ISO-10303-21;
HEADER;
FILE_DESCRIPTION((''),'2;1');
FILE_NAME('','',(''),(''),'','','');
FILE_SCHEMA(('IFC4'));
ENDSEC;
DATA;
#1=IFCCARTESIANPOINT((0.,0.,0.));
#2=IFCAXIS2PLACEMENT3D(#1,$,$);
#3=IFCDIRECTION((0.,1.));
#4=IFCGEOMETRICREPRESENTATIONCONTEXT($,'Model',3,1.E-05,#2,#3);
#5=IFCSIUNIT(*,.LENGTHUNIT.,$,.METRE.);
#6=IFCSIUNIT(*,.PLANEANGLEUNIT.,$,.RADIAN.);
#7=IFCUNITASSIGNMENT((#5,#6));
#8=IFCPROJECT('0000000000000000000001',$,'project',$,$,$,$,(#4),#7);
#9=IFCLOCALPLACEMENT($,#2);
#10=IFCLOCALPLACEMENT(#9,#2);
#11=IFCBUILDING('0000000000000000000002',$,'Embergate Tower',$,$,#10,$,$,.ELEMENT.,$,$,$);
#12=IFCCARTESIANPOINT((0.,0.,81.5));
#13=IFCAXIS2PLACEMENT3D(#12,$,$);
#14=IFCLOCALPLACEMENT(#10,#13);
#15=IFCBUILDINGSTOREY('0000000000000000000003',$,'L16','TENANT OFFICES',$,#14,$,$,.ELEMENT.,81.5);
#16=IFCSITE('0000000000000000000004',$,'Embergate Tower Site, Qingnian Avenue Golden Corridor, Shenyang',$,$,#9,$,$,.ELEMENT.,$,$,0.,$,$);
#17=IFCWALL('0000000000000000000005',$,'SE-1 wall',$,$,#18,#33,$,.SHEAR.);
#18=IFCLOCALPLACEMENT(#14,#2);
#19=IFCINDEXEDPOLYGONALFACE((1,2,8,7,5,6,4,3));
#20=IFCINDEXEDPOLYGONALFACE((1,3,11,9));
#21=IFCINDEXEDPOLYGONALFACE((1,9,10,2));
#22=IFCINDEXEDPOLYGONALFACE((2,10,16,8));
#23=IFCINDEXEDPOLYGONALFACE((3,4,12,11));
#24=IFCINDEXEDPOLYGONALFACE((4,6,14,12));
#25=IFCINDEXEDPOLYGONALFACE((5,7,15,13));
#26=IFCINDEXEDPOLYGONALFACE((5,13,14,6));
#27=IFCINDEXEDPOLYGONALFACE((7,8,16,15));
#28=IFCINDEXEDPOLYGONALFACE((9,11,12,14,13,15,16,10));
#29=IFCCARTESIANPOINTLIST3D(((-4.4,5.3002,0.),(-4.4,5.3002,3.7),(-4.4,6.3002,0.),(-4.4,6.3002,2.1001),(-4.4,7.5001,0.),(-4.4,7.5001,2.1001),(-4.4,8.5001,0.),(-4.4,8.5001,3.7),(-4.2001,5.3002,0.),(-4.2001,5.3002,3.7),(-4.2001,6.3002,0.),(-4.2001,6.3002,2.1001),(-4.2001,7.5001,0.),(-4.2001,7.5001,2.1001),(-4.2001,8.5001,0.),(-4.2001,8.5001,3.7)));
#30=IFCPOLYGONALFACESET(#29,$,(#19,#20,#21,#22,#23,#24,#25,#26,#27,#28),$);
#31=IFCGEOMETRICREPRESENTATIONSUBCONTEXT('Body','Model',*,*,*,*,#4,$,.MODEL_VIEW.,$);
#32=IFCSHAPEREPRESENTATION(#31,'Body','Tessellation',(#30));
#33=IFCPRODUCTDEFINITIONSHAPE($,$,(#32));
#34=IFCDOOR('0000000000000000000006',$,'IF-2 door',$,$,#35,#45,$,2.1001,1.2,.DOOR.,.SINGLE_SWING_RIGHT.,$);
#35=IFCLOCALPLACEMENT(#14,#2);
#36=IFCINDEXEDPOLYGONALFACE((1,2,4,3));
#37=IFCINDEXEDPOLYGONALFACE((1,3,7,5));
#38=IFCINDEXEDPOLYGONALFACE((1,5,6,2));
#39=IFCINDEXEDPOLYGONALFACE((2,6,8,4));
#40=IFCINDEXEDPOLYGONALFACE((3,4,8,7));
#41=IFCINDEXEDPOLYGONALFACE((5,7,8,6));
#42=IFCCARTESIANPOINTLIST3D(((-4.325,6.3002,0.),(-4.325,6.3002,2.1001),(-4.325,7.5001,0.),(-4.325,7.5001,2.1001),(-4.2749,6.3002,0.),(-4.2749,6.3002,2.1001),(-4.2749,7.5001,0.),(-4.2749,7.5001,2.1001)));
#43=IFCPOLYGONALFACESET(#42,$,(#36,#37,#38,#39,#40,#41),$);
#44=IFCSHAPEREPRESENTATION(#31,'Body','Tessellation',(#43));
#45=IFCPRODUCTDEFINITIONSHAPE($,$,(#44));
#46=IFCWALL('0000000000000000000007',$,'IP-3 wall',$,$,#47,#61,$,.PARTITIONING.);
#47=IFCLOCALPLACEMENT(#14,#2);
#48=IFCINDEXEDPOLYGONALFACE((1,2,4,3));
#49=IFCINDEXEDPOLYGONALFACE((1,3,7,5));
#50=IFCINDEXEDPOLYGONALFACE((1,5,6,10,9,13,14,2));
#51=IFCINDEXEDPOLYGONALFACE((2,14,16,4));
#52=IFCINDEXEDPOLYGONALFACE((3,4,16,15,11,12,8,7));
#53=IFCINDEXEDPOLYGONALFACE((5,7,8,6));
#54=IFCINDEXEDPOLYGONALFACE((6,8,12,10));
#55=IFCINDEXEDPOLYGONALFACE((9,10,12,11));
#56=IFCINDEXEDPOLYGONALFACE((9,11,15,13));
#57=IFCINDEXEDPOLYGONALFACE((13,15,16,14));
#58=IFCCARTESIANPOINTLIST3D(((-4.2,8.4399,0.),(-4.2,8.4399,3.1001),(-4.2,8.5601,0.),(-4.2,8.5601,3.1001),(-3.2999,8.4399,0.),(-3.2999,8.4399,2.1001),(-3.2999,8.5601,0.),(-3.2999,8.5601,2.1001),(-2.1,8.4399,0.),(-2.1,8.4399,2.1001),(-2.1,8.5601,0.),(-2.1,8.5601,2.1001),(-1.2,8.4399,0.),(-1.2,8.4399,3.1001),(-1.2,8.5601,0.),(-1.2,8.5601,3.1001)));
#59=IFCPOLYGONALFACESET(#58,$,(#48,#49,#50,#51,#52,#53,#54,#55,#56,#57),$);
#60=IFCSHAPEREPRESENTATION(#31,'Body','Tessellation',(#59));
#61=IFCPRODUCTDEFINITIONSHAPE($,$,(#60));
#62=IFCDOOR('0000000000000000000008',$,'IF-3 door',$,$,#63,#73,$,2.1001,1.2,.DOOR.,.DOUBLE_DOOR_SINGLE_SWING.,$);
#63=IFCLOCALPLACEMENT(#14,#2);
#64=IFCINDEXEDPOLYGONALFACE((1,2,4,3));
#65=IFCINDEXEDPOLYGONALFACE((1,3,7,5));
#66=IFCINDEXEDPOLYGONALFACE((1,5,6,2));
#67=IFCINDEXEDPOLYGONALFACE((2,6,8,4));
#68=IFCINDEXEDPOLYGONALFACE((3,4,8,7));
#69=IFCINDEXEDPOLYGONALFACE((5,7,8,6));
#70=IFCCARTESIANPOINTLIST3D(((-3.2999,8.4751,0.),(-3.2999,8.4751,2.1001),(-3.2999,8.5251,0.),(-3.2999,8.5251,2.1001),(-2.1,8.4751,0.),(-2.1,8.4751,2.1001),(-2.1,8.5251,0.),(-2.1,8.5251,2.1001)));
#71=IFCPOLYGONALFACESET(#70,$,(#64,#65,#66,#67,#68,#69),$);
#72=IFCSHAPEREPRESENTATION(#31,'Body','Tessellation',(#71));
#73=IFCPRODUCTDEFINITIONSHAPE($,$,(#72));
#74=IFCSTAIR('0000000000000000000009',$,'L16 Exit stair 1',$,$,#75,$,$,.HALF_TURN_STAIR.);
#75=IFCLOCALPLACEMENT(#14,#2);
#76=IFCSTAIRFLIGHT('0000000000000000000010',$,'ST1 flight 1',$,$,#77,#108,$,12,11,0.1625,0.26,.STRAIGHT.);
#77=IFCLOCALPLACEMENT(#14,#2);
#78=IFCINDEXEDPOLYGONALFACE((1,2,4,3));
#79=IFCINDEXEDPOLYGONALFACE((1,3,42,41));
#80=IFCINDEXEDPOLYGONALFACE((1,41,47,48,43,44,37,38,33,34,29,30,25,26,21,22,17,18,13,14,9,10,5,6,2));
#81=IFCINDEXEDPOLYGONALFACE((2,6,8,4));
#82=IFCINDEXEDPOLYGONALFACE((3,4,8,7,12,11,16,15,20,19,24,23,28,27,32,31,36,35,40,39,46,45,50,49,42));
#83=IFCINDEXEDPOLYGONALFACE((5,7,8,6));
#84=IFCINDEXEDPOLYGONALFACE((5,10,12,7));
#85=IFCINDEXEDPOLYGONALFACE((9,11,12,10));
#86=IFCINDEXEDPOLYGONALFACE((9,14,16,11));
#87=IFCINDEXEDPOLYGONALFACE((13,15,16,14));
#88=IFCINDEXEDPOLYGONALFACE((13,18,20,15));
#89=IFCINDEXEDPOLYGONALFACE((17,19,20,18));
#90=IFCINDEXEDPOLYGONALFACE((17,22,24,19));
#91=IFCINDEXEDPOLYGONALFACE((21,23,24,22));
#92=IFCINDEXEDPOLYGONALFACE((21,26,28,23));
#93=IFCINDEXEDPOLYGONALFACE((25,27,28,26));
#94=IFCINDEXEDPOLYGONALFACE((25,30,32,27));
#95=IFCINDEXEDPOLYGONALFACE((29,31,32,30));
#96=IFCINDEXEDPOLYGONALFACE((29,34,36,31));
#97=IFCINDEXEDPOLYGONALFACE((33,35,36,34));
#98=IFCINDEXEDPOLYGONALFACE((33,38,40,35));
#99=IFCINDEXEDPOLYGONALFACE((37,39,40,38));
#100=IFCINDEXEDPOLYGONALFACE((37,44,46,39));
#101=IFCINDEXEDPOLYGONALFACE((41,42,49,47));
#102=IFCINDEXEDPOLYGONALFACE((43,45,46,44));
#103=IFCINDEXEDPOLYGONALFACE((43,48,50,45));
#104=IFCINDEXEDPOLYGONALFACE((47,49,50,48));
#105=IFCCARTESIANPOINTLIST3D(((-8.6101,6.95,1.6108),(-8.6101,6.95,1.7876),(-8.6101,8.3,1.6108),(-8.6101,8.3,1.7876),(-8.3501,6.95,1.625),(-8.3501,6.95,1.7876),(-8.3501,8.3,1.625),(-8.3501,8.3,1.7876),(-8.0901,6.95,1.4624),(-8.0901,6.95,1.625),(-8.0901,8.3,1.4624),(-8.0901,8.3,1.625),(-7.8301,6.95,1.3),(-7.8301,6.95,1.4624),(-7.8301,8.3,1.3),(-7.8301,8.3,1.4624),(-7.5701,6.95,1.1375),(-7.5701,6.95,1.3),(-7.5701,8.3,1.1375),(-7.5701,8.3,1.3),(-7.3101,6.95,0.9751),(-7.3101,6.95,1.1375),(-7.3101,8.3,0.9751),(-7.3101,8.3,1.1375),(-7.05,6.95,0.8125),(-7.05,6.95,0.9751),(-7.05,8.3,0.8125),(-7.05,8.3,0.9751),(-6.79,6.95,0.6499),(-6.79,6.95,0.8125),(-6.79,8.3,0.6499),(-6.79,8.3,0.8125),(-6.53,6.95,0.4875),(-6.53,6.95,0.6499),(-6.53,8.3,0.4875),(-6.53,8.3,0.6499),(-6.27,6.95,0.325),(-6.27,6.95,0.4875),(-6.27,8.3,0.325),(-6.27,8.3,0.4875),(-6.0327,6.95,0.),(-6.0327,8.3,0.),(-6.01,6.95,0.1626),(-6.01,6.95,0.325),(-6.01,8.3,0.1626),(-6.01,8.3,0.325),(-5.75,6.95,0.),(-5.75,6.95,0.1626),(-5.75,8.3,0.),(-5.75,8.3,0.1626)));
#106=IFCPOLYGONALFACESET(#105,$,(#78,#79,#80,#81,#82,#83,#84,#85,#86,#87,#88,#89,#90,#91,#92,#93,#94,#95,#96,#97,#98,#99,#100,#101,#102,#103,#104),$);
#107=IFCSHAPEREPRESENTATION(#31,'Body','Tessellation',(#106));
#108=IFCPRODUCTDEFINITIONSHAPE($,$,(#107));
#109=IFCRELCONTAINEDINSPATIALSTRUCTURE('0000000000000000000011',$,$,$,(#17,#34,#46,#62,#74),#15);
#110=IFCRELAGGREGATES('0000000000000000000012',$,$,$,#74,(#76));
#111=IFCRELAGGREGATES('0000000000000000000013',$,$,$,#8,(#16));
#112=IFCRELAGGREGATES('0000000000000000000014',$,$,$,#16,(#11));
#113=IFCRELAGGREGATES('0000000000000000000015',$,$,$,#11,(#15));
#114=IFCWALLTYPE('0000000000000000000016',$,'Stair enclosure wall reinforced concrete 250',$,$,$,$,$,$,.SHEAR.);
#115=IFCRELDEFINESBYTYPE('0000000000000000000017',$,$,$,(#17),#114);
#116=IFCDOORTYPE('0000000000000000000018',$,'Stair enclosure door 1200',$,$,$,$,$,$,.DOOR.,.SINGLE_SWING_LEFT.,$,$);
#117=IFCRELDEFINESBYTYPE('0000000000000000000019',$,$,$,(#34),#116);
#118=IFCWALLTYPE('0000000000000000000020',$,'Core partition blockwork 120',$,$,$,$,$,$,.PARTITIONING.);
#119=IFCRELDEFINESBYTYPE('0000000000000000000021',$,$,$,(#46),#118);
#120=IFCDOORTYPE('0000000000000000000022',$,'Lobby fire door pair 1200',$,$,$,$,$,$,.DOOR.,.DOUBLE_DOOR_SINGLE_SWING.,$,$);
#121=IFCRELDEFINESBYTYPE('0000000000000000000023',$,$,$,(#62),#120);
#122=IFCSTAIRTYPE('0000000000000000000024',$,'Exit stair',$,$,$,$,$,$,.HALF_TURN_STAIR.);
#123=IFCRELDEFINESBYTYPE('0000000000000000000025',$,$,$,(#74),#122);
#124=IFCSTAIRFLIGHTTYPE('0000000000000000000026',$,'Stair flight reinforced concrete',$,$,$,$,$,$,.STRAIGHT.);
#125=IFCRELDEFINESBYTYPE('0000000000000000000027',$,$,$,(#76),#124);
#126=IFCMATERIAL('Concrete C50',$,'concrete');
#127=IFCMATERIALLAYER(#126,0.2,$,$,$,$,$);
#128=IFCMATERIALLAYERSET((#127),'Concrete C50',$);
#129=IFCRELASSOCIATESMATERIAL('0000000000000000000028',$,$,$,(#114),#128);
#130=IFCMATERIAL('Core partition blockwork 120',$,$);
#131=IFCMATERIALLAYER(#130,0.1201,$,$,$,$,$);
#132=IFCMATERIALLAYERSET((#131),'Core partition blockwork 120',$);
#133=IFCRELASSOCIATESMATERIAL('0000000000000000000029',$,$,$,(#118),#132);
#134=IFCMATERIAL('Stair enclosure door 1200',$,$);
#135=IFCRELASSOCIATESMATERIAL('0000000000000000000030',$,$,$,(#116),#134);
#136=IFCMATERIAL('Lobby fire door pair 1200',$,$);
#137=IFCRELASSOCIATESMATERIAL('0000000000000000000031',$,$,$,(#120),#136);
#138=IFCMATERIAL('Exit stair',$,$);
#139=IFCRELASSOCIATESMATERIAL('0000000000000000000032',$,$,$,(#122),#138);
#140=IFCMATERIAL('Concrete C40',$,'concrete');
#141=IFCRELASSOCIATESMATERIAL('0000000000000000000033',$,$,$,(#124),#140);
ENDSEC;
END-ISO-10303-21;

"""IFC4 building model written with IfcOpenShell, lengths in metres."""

from ifc_helpers import new_model, si_unit, direction, frame, frame_2d, origin, place, context, subcontext, project, spatial, polyline, rectangle, outline, extrude, source, transform, mapped, material, layer, layer_set, type_object, element, fill, aggregate, save


model = new_model("IFC4")

# Units and contexts
model_context = context("Model", 3, precision=1e-05, world=origin(), true_north=direction((0.0, 1.0)))
body_context = subcontext(model_context, "Body", "Model", "MODEL_VIEW")
ifc_project = project(units=[si_unit("LENGTHUNIT", "METRE"), si_unit("PLANEANGLEUNIT", "RADIAN")], contexts=[model_context])

# Site, building, storey
site_placement = place(None, origin())
site = spatial("IfcSite", under=ifc_project, at=site_placement, Name="Embergate Tower Site, Qingnian Avenue Golden Corridor, Shenyang", CompositionType="ELEMENT", RefElevation=0.0)
building_placement = place(site_placement, origin())
building = spatial("IfcBuilding", under=site, at=building_placement, Name="Embergate Tower", CompositionType="ELEMENT")
storey_placement = place(building_placement, frame((0.0, 0.0, 81.5)))
storey = spatial("IfcBuildingStorey", under=building, at=storey_placement, Name="L16", Description="TENANT OFFICES", CompositionType="ELEMENT", Elevation=81.5)

# Shared definitions
ifc_material_1 = material(Name="Concrete C50", Category="concrete")

# Shared definitions
ifc_layer_1 = layer(ifc_material_1, 0.2)
ifc_layer_set_1 = layer_set([ifc_layer_1], Name="Concrete C50")
wall_type_1 = type_object("IfcWallType", Name="Stair enclosure wall reinforced concrete 250", PredefinedType="SHEAR", material=ifc_layer_set_1)

# Walls, openings, doors
ifc_material_2 = material(Name="Core partition blockwork 120")
ifc_layer_2 = layer(ifc_material_2, 0.1201)
ifc_layer_set_2 = layer_set([ifc_layer_2], Name="Core partition blockwork 120")
wall_type_2 = type_object("IfcWallType", Name="Core partition blockwork 120", PredefinedType="PARTITIONING", material=ifc_layer_set_2)
shared_shape_1 = source(origin(), body_context, "Body", "SweptSolid", [
    extrude(rectangle(XDim=3.2, YDim=0.2, at=frame_2d((1.6001, 0.0))), origin(), (0.0, 0.0, 1.0), 3.7),
])
wall_1_placement = place(storey_placement, frame((-4.3, 5.3, 0.0), z_axis=(0.0, 0.0, 1.0), x_axis=(0.0, 1.0, 0.0)))
wall_1 = element("IfcWall", 1, at=wall_1_placement, inside=storey, type_object=wall_type_1, Name="SE-1 wall", PredefinedType="SHEAR", context=body_context, shape_type="MappedRepresentation", body=[
    mapped(shared_shape_1, transform((0.0, 0.0, 0.0))),
])
shared_shape_2 = source(origin(), body_context, "Body", "SweptSolid", [
    extrude(rectangle(XDim=1.2, YDim=2.1001, at=frame_2d((0.6001, 1.05))), frame((0.0, 0.1099, 0.0), z_axis=(0.0, -1.0, 0.0), x_axis=(1.0, 0.0, 0.0)), (0.0, 0.0, 1.0), 0.22),
])
opening_1_placement = place(wall_1_placement, frame((1.0, 0.0, 0.0)))
opening_1 = element("IfcOpeningElement", 2, at=opening_1_placement, cuts=wall_1, PredefinedType="OPENING", context=body_context, shape_type="MappedRepresentation", body=[
    mapped(shared_shape_2, transform((0.0, 0.0, 0.0))),
])
ifc_material_3 = material(Name="Stair enclosure door 1200")
door_type_1 = type_object("IfcDoorType", Name="Stair enclosure door 1200", OperationType="SINGLE_SWING_LEFT", PredefinedType="DOOR", material=ifc_material_3)
shared_shape_3 = source(origin(), body_context, "Body", "SweptSolid", [
    extrude(rectangle(XDim=1.2, YDim=2.1001, at=frame_2d((0.6001, 1.05))), frame((0.0, 0.0249, 0.0), z_axis=(0.0, -1.0, 0.0), x_axis=(1.0, 0.0, 0.0)), (0.0, 0.0, 1.0), 0.05),
])
door_1_placement = place(opening_1_placement, origin())
door_1 = element("IfcDoor", 3, at=door_1_placement, inside=storey, type_object=door_type_1, Name="IF-2 door", OperationType="SINGLE_SWING_RIGHT", OverallHeight=2.1001, OverallWidth=1.2, PredefinedType="DOOR", context=body_context, shape_type="MappedRepresentation", body=[
    mapped(shared_shape_3, transform((0.0, 0.0, 0.0))),
])
fill(opening_1, door_1)
shared_shape_4 = source(origin(), body_context, "Body", "SweptSolid", [
    extrude(rectangle(XDim=3.0, YDim=0.1201, at=frame_2d((1.5, 0.0))), origin(), (0.0, 0.0, 1.0), 3.1001),
])
wall_2_placement = place(storey_placement, frame((-1.2, 8.5, 0.0), z_axis=(0.0, 0.0, 1.0), x_axis=(-1.0, 0.0, 0.0)))
wall_2 = element("IfcWall", 4, at=wall_2_placement, inside=storey, type_object=wall_type_2, Name="IP-3 wall", PredefinedType="PARTITIONING", context=body_context, shape_type="MappedRepresentation", body=[
    mapped(shared_shape_4, transform((0.0, 0.0, 0.0))),
])
shared_shape_5 = source(origin(), body_context, "Body", "SweptSolid", [
    extrude(rectangle(XDim=1.2, YDim=2.1001, at=frame_2d((0.6001, 1.05))), frame((0.0, 0.0701, 0.0), z_axis=(0.0, -1.0, 0.0), x_axis=(1.0, 0.0, 0.0)), (0.0, 0.0, 1.0), 0.1401),
])
opening_2_placement = place(wall_2_placement, frame((0.8999, 0.0, 0.0)))
opening_2 = element("IfcOpeningElement", 5, at=opening_2_placement, cuts=wall_2, PredefinedType="OPENING", context=body_context, shape_type="MappedRepresentation", body=[
    mapped(shared_shape_5, transform((0.0, 0.0, 0.0))),
])
ifc_material_4 = material(Name="Lobby fire door pair 1200")
door_type_2 = type_object("IfcDoorType", Name="Lobby fire door pair 1200", OperationType="DOUBLE_DOOR_SINGLE_SWING", PredefinedType="DOOR", material=ifc_material_4)
door_2_placement = place(opening_2_placement, origin())
door_2 = element("IfcDoor", 6, at=door_2_placement, inside=storey, type_object=door_type_2, Name="IF-3 door", OperationType="DOUBLE_DOOR_SINGLE_SWING", OverallHeight=2.1001, OverallWidth=1.2, PredefinedType="DOOR", context=body_context, shape_type="MappedRepresentation", body=[
    mapped(shared_shape_3, transform((0.0, 0.0, 0.0))),
])
fill(opening_2, door_2)

# Stair, stair flight
ifc_material_5 = material(Name="Exit stair")
stair_type = type_object("IfcStairType", Name="Exit stair", PredefinedType="HALF_TURN_STAIR", material=ifc_material_5)
stair_placement = place(storey_placement, origin())
stair = element("IfcStair", 7, at=stair_placement, inside=storey, type_object=stair_type, Name="L16 Exit stair 1", PredefinedType="HALF_TURN_STAIR")
ifc_material_6 = material(Name="Concrete C40", Category="concrete")
stair_flight_type = type_object("IfcStairFlightType", Name="Stair flight reinforced concrete", PredefinedType="STRAIGHT", material=ifc_material_6)
shared_shape_6 = source(origin(), body_context, "Body", "SweptSolid", [
    extrude(outline(polyline([(0.0, 0.0), (0.0, 0.1626), (0.26, 0.1626), (0.26, 0.325), (0.52, 0.325), (0.52, 0.4875), (0.78, 0.4875), (0.78, 0.6499), (1.04, 0.6499), (1.04, 0.8125), (1.3, 0.8125), (1.3, 0.9751), (1.5601, 0.9751), (1.5601, 1.1375), (1.8201, 1.1375), (1.8201, 1.3), (2.0801, 1.3), (2.0801, 1.4624), (2.3401, 1.4624), (2.3401, 1.625), (2.6001, 1.625), (2.6001, 1.7876), (2.8601, 1.7876), (2.8601, 1.95), (2.8601, 1.6108), (0.2827, 0.0), (0.0, 0.0)])), frame((0.0, 0.675, 0.0), z_axis=(0.0, -1.0, 0.0), x_axis=(1.0, 0.0, 0.0)), (0.0, 0.0, 1.0), 1.3501),
])
stair_flight_placement = place(storey_placement, frame((-5.75, 7.625, 0.0), z_axis=(0.0, 0.0, 1.0), x_axis=(-1.0, 0.0, 0.0)))
stair_flight = element("IfcStairFlight", 8, at=stair_flight_placement, type_object=stair_flight_type, Name="ST1 flight 1", NumberOfRisers=12, NumberOfTreads=11, PredefinedType="STRAIGHT", RiserHeight=0.1625, TreadLength=0.26, context=body_context, shape_type="MappedRepresentation", body=[
    mapped(shared_shape_6, transform((0.0, 0.0, 0.0))),
])
aggregate(stair, [stair_flight])

save(model, "model.ifc")
